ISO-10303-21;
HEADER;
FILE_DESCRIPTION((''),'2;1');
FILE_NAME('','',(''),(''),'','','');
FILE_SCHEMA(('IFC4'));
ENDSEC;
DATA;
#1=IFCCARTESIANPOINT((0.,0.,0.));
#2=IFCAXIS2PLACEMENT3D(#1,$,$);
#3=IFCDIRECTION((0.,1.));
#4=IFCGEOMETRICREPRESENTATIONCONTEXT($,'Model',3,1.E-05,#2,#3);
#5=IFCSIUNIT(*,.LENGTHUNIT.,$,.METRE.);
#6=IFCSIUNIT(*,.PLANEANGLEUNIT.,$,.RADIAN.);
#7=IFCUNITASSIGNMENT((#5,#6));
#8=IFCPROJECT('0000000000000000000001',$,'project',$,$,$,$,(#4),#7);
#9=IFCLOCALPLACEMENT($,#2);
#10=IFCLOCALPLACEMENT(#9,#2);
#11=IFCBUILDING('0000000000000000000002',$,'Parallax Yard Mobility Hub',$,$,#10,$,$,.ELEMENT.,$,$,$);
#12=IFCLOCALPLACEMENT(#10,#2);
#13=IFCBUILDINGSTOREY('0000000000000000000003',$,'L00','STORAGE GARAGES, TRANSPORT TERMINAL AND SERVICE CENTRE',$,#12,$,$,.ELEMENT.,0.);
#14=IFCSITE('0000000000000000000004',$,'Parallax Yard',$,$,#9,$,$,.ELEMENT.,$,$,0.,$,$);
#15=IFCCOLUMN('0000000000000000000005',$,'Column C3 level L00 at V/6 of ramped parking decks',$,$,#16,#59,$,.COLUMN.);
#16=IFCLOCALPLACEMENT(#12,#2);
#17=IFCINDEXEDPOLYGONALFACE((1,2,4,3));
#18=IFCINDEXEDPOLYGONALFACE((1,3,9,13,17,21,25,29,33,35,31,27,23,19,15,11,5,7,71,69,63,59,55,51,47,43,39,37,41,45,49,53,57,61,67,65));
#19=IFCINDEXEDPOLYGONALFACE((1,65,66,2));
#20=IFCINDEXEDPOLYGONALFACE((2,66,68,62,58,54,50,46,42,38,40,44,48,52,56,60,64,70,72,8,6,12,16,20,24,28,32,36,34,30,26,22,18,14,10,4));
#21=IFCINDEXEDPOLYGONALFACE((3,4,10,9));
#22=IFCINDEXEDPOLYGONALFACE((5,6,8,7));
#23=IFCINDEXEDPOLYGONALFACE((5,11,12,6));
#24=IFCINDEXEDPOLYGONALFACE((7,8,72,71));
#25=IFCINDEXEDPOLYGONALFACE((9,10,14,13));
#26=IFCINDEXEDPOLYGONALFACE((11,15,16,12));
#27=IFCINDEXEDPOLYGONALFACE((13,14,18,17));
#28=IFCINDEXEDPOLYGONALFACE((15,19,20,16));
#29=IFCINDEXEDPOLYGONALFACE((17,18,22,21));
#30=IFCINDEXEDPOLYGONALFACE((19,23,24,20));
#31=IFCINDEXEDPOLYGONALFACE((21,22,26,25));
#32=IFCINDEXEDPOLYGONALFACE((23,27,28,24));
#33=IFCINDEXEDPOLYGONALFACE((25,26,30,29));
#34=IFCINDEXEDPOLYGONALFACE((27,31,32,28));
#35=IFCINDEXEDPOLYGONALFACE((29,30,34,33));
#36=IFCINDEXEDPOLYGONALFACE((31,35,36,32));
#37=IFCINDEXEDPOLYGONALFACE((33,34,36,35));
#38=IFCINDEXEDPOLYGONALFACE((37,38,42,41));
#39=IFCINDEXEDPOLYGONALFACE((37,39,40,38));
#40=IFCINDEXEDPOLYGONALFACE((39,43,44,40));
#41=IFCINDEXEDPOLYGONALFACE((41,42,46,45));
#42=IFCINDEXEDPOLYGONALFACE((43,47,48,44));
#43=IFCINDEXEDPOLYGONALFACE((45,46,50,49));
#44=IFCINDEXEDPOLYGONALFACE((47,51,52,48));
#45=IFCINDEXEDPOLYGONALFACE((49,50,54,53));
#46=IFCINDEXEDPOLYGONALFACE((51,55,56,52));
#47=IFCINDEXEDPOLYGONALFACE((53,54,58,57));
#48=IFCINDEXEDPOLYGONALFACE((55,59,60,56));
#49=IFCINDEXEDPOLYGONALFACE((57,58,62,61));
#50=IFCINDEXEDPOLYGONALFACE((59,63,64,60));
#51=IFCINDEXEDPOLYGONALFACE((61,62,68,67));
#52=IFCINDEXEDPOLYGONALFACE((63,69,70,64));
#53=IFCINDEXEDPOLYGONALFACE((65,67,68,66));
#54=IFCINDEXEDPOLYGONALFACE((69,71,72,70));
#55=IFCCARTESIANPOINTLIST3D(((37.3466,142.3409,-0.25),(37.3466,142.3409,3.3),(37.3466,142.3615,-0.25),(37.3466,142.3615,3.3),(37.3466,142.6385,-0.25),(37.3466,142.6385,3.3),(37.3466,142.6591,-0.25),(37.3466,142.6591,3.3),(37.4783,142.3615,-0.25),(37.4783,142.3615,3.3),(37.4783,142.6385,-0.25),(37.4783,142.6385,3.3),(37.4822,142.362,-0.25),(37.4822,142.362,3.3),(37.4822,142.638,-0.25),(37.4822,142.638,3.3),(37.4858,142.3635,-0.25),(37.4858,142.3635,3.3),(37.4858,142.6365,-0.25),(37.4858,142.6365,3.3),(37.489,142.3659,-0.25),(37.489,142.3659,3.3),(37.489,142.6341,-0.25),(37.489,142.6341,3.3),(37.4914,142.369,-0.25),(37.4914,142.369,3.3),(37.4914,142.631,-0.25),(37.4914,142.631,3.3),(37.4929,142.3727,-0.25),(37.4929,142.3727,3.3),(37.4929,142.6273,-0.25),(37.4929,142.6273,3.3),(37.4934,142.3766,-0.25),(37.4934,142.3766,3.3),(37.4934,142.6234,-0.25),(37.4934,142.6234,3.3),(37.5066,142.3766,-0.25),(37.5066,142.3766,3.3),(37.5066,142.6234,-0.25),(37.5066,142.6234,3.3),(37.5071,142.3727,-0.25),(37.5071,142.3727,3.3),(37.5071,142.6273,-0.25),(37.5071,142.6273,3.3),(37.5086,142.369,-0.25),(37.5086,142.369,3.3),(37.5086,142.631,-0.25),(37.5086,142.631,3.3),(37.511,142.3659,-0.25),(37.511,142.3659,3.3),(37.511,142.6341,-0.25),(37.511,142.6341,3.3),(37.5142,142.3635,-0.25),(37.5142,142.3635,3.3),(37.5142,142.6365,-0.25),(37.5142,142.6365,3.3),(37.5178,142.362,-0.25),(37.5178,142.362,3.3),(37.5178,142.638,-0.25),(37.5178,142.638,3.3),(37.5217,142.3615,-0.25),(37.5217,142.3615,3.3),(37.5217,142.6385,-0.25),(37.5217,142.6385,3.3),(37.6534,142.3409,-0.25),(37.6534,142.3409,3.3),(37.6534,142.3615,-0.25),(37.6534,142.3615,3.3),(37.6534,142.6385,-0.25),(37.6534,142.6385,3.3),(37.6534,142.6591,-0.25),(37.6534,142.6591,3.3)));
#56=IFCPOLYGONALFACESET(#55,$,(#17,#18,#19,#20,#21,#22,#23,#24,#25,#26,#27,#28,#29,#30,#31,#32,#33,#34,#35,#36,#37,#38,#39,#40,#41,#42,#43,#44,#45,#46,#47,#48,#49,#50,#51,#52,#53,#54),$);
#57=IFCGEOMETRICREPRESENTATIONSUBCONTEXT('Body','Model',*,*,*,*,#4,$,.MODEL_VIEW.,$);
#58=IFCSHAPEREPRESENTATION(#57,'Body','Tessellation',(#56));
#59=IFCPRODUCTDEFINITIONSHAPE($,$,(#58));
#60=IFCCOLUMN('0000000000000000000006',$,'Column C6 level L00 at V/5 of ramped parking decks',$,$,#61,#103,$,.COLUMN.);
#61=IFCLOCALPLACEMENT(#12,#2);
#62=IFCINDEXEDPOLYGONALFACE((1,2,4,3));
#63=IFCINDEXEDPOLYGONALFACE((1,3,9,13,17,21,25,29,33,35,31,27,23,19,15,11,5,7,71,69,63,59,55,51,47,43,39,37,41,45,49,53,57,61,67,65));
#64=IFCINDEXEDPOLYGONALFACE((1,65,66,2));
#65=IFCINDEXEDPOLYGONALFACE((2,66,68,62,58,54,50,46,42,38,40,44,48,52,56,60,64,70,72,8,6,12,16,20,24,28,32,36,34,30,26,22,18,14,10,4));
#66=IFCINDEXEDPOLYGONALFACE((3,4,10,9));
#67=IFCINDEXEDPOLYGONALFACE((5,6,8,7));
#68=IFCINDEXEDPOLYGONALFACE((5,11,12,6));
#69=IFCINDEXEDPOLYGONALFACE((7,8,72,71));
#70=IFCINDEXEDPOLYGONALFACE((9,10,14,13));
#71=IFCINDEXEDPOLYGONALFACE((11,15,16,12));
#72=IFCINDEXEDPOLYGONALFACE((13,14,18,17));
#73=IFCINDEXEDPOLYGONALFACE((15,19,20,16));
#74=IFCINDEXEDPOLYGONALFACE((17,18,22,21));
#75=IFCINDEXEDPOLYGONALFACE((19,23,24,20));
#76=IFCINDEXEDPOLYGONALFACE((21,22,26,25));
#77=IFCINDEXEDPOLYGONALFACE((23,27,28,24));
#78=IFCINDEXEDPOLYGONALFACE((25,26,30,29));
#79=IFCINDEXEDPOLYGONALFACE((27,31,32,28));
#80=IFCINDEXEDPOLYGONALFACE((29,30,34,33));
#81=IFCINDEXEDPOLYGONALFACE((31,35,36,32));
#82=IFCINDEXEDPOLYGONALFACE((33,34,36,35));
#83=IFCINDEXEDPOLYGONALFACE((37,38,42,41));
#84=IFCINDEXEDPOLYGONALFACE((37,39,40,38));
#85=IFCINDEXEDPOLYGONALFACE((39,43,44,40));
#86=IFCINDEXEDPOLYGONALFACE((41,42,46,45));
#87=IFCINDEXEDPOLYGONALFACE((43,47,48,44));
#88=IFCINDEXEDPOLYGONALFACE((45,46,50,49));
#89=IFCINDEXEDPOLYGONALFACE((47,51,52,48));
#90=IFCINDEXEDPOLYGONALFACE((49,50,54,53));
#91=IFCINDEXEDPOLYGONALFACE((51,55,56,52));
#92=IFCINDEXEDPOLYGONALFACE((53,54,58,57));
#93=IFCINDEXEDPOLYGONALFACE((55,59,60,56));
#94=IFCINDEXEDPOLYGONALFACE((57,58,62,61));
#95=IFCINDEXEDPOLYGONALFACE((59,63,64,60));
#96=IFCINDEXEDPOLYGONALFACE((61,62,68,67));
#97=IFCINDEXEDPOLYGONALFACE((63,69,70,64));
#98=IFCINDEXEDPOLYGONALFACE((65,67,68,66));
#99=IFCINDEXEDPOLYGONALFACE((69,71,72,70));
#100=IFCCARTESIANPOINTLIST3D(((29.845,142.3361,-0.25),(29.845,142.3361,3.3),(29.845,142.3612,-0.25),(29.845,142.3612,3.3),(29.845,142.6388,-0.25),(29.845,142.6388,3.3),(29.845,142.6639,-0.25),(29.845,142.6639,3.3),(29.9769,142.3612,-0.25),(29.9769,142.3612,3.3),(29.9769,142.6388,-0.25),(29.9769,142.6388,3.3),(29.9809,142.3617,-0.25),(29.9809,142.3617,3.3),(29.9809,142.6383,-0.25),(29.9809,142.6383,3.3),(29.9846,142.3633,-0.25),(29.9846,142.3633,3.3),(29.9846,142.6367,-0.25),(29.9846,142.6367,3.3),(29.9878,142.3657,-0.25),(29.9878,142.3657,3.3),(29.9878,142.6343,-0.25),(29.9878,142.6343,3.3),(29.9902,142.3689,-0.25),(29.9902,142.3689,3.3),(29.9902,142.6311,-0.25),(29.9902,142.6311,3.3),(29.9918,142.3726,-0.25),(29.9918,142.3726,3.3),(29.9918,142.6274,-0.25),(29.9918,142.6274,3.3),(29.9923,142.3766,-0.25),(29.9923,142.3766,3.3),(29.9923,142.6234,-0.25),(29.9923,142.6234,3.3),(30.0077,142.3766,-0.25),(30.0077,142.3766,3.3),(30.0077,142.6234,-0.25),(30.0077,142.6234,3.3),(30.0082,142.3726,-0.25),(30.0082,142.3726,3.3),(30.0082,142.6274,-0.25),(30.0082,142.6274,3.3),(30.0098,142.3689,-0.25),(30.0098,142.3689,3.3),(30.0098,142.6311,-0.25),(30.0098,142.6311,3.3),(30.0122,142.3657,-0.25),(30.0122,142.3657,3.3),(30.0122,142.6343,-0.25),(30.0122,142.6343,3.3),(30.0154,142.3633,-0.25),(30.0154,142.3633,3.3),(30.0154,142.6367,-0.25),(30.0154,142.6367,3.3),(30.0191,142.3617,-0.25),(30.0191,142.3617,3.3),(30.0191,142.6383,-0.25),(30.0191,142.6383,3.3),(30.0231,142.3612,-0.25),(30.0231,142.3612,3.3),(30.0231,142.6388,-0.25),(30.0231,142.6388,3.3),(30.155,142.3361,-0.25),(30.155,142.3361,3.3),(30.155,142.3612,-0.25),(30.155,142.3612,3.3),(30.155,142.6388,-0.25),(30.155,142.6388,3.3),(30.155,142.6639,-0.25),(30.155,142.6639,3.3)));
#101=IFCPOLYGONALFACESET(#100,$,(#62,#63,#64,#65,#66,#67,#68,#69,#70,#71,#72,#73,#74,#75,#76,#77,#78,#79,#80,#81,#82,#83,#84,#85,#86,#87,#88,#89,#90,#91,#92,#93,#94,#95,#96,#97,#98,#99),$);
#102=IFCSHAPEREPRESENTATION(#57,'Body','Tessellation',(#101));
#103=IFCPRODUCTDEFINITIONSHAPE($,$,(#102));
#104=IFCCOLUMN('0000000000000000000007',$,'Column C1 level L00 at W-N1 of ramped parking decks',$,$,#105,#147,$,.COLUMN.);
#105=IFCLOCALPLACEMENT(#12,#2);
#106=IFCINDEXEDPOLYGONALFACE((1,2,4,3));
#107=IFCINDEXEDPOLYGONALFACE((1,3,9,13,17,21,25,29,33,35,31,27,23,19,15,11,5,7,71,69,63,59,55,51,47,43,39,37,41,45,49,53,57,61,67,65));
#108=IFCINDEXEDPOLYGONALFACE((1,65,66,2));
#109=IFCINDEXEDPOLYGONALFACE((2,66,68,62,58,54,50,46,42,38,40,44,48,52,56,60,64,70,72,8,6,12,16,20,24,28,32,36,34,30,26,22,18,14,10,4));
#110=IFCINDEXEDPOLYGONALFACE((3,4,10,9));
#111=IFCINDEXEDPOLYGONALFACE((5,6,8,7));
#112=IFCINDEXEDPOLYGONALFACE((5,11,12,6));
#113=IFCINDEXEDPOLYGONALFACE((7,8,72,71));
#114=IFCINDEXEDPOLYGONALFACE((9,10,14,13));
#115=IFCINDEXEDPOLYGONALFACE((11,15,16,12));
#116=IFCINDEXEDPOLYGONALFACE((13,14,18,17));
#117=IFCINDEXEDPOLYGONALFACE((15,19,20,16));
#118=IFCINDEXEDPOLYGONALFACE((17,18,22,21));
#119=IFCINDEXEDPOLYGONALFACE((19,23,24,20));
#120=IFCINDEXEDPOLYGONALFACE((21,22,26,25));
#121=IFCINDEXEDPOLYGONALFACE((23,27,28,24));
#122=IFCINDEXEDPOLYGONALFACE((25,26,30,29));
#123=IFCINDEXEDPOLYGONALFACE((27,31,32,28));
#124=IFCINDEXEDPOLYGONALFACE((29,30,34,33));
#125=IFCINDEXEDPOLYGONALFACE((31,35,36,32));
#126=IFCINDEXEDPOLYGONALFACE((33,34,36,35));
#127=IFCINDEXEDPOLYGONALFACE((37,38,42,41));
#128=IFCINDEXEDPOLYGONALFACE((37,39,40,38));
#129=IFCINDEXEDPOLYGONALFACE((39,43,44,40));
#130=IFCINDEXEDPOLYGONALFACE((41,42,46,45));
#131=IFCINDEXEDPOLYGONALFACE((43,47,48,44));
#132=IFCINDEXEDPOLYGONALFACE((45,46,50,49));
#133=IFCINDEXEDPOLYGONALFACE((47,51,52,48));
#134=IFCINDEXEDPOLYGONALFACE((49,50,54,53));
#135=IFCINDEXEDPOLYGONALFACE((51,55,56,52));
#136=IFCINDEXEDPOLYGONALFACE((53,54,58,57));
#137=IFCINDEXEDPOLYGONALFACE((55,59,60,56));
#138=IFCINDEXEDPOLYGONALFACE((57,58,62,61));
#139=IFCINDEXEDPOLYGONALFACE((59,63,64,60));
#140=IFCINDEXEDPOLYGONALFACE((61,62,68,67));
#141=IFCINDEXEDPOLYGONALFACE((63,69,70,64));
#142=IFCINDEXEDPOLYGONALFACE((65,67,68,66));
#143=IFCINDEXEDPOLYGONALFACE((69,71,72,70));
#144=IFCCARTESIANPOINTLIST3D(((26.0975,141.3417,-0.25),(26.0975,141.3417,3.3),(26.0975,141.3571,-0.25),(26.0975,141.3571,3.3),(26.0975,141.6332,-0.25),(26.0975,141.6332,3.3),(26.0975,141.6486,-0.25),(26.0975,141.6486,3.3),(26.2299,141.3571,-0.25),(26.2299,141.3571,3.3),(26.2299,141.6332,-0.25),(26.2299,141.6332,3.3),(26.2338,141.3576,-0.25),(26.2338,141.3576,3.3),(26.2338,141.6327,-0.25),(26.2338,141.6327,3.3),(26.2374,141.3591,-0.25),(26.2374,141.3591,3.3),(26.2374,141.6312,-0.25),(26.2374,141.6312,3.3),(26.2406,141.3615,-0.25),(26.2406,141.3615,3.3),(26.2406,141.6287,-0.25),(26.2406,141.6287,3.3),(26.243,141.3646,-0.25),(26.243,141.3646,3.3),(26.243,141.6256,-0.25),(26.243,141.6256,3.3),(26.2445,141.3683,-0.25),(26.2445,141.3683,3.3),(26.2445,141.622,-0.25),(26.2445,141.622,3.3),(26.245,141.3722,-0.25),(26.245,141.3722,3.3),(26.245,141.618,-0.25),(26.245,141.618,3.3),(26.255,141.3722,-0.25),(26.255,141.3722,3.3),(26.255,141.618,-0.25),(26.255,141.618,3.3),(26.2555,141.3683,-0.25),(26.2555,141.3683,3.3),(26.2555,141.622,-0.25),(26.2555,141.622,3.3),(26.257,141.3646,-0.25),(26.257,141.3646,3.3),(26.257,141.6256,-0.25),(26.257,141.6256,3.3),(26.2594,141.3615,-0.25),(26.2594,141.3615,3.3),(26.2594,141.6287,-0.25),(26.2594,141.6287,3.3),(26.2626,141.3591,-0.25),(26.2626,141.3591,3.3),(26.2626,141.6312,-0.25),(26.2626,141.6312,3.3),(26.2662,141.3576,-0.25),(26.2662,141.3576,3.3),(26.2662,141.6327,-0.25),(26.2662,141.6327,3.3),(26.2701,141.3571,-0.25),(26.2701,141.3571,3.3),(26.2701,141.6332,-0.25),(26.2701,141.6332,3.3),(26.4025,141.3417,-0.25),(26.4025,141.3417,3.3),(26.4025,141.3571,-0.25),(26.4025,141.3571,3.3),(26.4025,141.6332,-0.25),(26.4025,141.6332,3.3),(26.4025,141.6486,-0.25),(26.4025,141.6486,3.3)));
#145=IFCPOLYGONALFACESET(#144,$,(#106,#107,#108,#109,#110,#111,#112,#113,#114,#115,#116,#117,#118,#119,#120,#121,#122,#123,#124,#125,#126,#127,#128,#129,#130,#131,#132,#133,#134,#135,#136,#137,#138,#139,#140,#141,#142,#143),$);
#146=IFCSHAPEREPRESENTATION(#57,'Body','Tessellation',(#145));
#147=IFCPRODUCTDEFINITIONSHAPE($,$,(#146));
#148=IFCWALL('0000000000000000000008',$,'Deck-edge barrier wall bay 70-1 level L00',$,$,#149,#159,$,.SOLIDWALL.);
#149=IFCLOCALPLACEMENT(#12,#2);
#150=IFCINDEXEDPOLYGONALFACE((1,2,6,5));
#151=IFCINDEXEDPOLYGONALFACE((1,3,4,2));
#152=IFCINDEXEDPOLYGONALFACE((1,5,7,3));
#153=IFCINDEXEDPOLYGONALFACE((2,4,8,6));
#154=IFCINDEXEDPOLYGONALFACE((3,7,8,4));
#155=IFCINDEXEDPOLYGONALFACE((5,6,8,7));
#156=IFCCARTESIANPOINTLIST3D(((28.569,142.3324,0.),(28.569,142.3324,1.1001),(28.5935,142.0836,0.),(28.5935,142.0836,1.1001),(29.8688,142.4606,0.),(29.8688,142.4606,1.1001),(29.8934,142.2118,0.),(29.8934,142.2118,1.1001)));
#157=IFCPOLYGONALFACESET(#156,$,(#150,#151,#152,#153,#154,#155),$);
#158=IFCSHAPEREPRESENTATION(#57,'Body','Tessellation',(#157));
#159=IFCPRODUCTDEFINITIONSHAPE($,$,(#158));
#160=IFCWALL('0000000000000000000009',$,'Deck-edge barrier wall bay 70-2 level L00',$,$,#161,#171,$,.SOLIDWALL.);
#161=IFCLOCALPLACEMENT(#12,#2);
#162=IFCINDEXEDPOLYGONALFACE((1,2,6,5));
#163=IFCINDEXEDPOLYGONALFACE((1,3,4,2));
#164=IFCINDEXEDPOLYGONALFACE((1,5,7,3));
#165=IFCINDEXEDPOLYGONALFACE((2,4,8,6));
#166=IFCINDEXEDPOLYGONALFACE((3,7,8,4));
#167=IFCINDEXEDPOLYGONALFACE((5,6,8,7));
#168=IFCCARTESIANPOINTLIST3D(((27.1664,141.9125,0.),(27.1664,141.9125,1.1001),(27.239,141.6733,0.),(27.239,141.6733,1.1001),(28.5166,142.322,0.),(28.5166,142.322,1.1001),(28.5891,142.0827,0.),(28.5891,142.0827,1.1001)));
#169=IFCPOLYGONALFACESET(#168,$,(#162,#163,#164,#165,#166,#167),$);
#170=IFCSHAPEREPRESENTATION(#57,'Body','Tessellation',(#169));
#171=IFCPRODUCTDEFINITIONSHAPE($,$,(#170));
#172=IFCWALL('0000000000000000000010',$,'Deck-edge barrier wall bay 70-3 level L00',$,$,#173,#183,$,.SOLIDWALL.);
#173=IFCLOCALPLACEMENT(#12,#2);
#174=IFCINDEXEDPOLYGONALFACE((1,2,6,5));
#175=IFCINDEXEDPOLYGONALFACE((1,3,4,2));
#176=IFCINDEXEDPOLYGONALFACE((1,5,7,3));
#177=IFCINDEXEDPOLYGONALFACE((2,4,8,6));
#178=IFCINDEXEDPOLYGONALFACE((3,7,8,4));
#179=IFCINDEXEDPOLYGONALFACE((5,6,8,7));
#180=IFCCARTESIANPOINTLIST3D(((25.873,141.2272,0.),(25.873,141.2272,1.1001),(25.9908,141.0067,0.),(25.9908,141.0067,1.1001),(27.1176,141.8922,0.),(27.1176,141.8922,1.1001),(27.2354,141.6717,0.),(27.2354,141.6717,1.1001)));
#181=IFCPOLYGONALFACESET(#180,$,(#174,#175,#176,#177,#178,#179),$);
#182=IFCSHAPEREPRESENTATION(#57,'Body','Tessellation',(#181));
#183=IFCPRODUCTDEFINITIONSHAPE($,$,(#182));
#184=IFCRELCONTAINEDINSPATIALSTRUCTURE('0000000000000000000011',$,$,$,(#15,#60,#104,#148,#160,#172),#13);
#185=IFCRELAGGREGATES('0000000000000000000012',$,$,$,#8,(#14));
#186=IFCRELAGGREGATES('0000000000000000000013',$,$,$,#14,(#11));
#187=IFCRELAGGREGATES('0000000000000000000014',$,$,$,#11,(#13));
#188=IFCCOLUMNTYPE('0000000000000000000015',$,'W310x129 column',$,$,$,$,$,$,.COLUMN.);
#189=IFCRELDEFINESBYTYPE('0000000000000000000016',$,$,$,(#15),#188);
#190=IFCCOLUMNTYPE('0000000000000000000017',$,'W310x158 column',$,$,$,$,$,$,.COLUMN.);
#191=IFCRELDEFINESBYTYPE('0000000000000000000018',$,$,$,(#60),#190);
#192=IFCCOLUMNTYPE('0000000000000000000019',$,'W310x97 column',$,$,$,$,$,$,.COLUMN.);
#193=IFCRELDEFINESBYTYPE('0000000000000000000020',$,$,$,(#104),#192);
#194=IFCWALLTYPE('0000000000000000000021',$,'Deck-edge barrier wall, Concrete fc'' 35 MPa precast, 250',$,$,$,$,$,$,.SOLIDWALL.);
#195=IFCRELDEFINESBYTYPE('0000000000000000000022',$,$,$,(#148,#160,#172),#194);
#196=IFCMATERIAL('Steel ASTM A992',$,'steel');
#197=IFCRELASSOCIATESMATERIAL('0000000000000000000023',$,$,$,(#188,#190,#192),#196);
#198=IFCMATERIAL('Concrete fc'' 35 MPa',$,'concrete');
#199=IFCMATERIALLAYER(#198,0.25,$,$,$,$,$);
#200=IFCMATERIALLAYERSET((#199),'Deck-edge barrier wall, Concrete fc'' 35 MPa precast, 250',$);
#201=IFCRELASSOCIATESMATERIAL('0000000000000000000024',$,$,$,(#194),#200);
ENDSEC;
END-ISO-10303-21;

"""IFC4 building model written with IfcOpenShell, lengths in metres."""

from ifc_helpers import new_model, si_unit, direction, frame, frame_2d, origin, origin_2d, place, context, subcontext, project, spatial, rectangle, i_section, extrude, material, layer, layer_set, material_profile, profile_set, type_object, element, save


model = new_model("IFC4")

# Units and contexts
model_context = context("Model", 3, precision=1e-05, world=origin(), true_north=direction((0.0, 1.0)))
body_context = subcontext(model_context, "Body", "Model", "MODEL_VIEW")
ifc_project = project(units=[si_unit("LENGTHUNIT", "METRE"), si_unit("PLANEANGLEUNIT", "RADIAN")], contexts=[model_context])

# Site, building, storey
site_placement = place(None, origin())
site = spatial("IfcSite", under=ifc_project, at=site_placement, Name="Parallax Yard", CompositionType="ELEMENT", RefElevation=0.0)
building_placement = place(site_placement, origin())
building = spatial("IfcBuilding", under=site, at=building_placement, Name="Parallax Yard Mobility Hub", CompositionType="ELEMENT")
storey_placement = place(building_placement, origin())
storey = spatial("IfcBuildingStorey", under=building, at=storey_placement, Name="L00", Description="STORAGE GARAGES, TRANSPORT TERMINAL AND SERVICE CENTRE", CompositionType="ELEMENT", Elevation=0.0)

# Columns
ifc_material_1 = material(Name="Steel ASTM A992", Category="steel")
ifc_material_profile_1 = material_profile(ifc_material_1, i_section(OverallWidth=0.3069, OverallDepth=0.3181, WebThickness=0.0132, FlangeThickness=0.0205, FilletRadius=0.0151, at=origin_2d()), Name="W310x129")
ifc_profile_set_1 = profile_set([ifc_material_profile_1], Name="Steel ASTM A992")
column_type_1 = type_object("IfcColumnType", Name="W310x129 column", PredefinedType="COLUMN", material=ifc_profile_set_1)
column_1_placement = place(storey_placement, frame((37.5, 142.5, -0.25), z_axis=(0.0, 0.0, 1.0), x_axis=(1.0, 0.0, 0.0)))
element("IfcColumn", 1, at=column_1_placement, inside=storey, type_object=column_type_1, Name="Column C3 level L00 at V/6 of ramped parking decks", PredefinedType="COLUMN", context=body_context, shape_type="SweptSolid", body=[
    extrude(i_section(OverallWidth=0.3069, OverallDepth=0.3181, WebThickness=0.0132, FlangeThickness=0.0205, FilletRadius=0.0151, at=origin_2d()), origin(), (0.0, 0.0, 1.0), 3.55),
])
ifc_material_profile_2 = material_profile(ifc_material_1, i_section(OverallWidth=0.3101, OverallDepth=0.3279, WebThickness=0.0154, FlangeThickness=0.0251, FilletRadius=0.0154, at=origin_2d()), Name="W310x158")
ifc_profile_set_2 = profile_set([ifc_material_profile_2], Name="Steel ASTM A992")
column_type_2 = type_object("IfcColumnType", Name="W310x158 column", PredefinedType="COLUMN", material=ifc_profile_set_2)
column_2_placement = place(storey_placement, frame((30.0, 142.5, -0.25), z_axis=(0.0, 0.0, 1.0), x_axis=(1.0, 0.0, 0.0)))
element("IfcColumn", 2, at=column_2_placement, inside=storey, type_object=column_type_2, Name="Column C6 level L00 at V/5 of ramped parking decks", PredefinedType="COLUMN", context=body_context, shape_type="SweptSolid", body=[
    extrude(i_section(OverallWidth=0.3101, OverallDepth=0.3279, WebThickness=0.0154, FlangeThickness=0.0251, FilletRadius=0.0154, at=origin_2d()), origin(), (0.0, 0.0, 1.0), 3.55),
])
ifc_material_profile_3 = material_profile(ifc_material_1, i_section(OverallWidth=0.3049, OverallDepth=0.3069, WebThickness=0.01, FlangeThickness=0.0154, FilletRadius=0.0151, at=origin_2d()), Name="W310x97")
ifc_profile_set_3 = profile_set([ifc_material_profile_3], Name="Steel ASTM A992")
column_type_3 = type_object("IfcColumnType", Name="W310x97 column", PredefinedType="COLUMN", material=ifc_profile_set_3)
column_3_placement = place(storey_placement, frame((26.25, 141.4951, -0.25), z_axis=(0.0, 0.0, 1.0), x_axis=(1.0, 0.0, 0.0)))
element("IfcColumn", 3, at=column_3_placement, inside=storey, type_object=column_type_3, Name="Column C1 level L00 at W-N1 of ramped parking decks", PredefinedType="COLUMN", context=body_context, shape_type="SweptSolid", body=[
    extrude(i_section(OverallWidth=0.3049, OverallDepth=0.3069, WebThickness=0.01, FlangeThickness=0.0154, FilletRadius=0.0151, at=origin_2d()), origin(), (0.0, 0.0, 1.0), 3.55),
])

# Walls
ifc_material_2 = material(Name="Concrete fc' 35 MPa", Category="concrete")
ifc_layer_1 = layer(ifc_material_2, 0.25)
ifc_layer_set_1 = layer_set([ifc_layer_1], Name="Deck-edge barrier wall, Concrete fc' 35 MPa precast, 250")
wall_type_1 = type_object("IfcWallType", Name="Deck-edge barrier wall, Concrete fc' 35 MPa precast, 250", PredefinedType="SOLIDWALL", material=ifc_layer_set_1)
wall_1_placement = place(storey_placement, frame((29.8811, 142.3362, 0.0), z_axis=(0.0, 0.0, 1.0), x_axis=(-0.995173, -0.098134, 0.0)))
element("IfcWall", 4, at=wall_1_placement, inside=storey, type_object=wall_type_1, Name="Deck-edge barrier wall bay 70-1 level L00", PredefinedType="SOLIDWALL", context=body_context, shape_type="SweptSolid", body=[
    extrude(rectangle(XDim=1.3062, YDim=0.25, at=frame_2d((0.6531, 0.0))), origin(), (0.0, 0.0, 1.0), 1.1001),
])
wall_2_placement = place(storey_placement, frame((28.553, 142.2024, 0.0), z_axis=(0.0, 0.0, 1.0), x_axis=(-0.956965, -0.290204, 0.0)))
element("IfcWall", 5, at=wall_2_placement, inside=storey, type_object=wall_type_1, Name="Deck-edge barrier wall bay 70-2 level L00", PredefinedType="SOLIDWALL", context=body_context, shape_type="SweptSolid", body=[
    extrude(rectangle(XDim=1.4109, YDim=0.25, at=frame_2d((0.7056, 0.0))), origin(), (0.0, 0.0, 1.0), 1.1001),
])
for number, where, z_axis, x_axis, name in (
    (6, (27.1765, 141.782, 0.0), (0.0, 0.0, 1.0), (-0.881989, -0.471271, 0.0), "Deck-edge barrier wall bay 70-3 level L00"),
):
    element("IfcWall", number, at=place(storey_placement, frame(where, z_axis=z_axis, x_axis=x_axis)), inside=storey, type_object=wall_type_1, Name=name, PredefinedType="SOLIDWALL", context=body_context, shape_type="SweptSolid", body=[
        extrude(rectangle(XDim=1.4111, YDim=0.25, at=frame_2d((0.7056, 0.0))), origin(), (0.0, 0.0, 1.0), 1.1001),
    ])

save(model, "model.ifc")
